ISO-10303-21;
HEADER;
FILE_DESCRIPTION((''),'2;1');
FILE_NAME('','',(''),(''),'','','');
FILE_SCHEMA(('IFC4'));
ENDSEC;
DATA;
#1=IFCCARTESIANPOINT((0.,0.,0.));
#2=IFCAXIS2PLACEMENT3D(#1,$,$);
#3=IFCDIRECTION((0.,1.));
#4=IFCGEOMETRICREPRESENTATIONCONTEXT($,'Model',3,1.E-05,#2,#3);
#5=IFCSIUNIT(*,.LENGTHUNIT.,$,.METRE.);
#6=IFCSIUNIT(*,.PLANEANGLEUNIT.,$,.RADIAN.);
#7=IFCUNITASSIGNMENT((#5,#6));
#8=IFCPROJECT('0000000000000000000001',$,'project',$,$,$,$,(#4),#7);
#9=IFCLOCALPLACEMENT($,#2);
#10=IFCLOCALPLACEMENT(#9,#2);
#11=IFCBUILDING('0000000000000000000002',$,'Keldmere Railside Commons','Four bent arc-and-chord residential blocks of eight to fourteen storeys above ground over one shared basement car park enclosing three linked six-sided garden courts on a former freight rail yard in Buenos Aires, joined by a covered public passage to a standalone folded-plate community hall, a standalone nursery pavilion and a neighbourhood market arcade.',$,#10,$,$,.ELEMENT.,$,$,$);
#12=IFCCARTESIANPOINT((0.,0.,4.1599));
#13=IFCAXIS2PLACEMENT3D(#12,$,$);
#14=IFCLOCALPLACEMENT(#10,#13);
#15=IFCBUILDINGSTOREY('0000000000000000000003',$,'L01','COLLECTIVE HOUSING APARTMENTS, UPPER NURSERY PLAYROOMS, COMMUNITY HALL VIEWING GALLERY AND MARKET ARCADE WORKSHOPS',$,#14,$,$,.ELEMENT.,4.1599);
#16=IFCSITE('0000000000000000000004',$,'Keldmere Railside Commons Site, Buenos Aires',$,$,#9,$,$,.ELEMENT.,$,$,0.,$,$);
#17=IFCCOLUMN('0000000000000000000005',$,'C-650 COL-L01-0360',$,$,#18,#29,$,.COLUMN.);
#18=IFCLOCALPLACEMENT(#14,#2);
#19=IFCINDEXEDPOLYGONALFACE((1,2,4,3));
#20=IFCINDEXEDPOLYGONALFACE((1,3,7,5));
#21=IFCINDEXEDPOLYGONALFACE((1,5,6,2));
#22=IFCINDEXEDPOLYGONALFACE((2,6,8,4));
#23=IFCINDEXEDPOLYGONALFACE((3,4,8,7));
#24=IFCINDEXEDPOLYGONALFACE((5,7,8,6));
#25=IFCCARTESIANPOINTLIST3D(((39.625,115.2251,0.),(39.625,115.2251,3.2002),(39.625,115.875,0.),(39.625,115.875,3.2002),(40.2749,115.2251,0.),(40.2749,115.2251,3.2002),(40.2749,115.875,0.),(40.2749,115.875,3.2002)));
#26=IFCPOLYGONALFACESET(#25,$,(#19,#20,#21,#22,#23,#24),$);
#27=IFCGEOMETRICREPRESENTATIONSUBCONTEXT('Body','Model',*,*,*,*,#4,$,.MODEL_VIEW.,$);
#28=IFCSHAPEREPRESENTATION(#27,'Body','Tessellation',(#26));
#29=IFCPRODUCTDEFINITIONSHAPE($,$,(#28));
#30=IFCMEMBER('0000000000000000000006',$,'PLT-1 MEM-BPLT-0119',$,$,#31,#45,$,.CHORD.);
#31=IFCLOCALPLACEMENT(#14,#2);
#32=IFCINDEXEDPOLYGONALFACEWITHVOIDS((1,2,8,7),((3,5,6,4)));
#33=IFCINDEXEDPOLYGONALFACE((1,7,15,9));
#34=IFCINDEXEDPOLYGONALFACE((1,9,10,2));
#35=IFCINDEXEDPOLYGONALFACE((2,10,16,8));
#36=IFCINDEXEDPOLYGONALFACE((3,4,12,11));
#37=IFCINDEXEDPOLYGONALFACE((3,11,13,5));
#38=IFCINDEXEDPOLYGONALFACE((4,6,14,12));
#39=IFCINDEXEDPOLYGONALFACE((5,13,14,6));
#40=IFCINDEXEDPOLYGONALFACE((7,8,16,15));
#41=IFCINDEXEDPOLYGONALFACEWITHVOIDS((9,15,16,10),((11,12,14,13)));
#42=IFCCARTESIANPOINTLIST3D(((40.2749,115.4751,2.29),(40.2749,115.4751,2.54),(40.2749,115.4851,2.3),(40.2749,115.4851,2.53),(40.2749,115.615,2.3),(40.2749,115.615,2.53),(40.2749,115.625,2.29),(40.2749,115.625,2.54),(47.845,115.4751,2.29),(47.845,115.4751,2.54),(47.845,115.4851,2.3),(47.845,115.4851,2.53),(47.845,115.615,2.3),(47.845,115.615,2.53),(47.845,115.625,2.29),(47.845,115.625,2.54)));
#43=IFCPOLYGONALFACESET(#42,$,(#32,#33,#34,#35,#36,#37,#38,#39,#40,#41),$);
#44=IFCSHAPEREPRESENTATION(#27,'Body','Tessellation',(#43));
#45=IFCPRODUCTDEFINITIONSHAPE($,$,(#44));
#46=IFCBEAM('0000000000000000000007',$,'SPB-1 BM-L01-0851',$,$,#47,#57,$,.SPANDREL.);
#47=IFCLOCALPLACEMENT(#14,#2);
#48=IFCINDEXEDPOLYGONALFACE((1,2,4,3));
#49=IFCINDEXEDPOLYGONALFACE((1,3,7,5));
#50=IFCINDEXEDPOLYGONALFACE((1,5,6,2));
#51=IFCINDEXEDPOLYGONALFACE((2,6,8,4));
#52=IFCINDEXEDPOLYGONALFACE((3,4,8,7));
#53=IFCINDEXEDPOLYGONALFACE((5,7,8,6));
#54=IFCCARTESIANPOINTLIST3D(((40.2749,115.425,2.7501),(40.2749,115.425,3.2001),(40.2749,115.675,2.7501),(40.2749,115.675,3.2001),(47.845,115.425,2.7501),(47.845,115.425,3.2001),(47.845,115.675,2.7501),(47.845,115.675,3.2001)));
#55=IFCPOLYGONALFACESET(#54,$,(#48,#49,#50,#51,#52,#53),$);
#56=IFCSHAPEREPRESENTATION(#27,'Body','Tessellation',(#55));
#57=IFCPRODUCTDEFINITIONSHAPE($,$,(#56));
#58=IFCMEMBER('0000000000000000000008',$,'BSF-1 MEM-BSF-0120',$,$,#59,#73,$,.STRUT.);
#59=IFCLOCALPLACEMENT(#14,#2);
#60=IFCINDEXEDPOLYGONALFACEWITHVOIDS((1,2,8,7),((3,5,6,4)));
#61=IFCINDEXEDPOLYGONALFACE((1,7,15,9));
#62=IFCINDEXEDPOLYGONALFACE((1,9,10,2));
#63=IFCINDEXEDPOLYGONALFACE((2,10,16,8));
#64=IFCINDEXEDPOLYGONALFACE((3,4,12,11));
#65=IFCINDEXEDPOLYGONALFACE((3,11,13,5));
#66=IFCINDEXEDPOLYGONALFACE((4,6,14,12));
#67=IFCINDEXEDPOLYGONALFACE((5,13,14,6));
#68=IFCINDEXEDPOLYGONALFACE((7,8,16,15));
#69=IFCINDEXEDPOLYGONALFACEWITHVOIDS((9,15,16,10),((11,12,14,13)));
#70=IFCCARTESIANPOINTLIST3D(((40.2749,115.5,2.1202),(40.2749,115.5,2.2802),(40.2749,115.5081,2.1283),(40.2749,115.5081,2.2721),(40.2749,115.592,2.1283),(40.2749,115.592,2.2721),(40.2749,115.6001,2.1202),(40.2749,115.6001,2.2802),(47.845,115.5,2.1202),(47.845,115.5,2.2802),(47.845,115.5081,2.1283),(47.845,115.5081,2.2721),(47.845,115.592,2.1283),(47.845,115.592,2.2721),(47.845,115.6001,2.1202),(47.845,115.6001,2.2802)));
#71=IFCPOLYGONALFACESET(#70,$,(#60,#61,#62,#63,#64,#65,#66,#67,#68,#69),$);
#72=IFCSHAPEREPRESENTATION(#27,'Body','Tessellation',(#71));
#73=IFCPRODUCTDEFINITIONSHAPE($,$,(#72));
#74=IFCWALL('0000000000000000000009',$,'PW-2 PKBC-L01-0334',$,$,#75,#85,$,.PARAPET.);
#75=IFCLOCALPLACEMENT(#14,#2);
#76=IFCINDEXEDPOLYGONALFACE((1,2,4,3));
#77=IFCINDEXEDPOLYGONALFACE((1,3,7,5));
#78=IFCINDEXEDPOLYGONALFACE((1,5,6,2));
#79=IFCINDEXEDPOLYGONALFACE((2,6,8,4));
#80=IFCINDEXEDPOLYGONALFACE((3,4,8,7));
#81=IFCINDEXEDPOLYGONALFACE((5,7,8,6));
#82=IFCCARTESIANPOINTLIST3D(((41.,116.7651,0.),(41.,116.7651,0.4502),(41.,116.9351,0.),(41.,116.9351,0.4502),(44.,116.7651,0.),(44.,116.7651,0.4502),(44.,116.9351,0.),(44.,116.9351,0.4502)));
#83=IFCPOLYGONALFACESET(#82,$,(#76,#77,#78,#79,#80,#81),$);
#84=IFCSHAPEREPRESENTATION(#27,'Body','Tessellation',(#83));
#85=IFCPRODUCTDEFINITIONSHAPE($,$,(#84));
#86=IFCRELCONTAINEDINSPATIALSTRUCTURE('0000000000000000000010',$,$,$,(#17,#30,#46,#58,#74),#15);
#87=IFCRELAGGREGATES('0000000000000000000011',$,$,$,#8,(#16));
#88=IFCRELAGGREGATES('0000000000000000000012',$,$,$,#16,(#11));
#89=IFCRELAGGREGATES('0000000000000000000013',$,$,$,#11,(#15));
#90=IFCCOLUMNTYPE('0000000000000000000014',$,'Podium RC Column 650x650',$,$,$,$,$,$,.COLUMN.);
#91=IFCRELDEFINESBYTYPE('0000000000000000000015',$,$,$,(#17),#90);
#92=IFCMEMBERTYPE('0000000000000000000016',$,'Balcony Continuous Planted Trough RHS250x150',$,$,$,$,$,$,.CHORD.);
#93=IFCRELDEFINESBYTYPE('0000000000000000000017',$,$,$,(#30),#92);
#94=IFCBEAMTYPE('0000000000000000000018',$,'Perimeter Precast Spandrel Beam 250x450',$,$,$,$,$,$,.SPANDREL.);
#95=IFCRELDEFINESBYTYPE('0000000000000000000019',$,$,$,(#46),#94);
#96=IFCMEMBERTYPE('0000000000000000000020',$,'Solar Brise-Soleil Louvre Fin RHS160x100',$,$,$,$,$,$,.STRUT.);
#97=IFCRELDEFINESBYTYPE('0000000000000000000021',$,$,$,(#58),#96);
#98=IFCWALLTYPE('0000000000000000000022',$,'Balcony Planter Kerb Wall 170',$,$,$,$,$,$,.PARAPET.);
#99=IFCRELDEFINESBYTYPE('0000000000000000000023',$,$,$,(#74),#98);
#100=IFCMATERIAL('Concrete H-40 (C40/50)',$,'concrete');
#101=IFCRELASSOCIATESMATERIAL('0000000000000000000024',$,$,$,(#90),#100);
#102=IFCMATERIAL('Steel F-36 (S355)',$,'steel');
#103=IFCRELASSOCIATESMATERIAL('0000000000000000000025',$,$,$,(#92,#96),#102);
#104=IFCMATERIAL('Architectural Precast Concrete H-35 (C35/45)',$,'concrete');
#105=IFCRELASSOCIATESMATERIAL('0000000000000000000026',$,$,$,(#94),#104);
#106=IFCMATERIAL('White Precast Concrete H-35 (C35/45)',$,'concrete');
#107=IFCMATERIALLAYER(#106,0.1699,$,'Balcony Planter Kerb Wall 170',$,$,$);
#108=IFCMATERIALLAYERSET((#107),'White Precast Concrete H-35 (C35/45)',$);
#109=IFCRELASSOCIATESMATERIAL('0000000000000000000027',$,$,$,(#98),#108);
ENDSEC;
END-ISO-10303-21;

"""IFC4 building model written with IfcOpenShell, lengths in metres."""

from ifc_helpers import new_model, si_unit, direction, frame, frame_2d, origin, origin_2d, place, context, subcontext, project, spatial, rectangle, hollow_rectangle, extrude, material, layer, layer_set, material_profile, profile_set, type_object, element, save


model = new_model("IFC4")

# Units and contexts
model_context = context("Model", 3, precision=1e-05, world=origin(), true_north=direction((0.0, 1.0)))
body_context = subcontext(model_context, "Body", "Model", "MODEL_VIEW")
ifc_project = project(units=[si_unit("LENGTHUNIT", "METRE"), si_unit("PLANEANGLEUNIT", "RADIAN")], contexts=[model_context])

# Site, building, storey
site_placement = place(None, origin())
site = spatial("IfcSite", under=ifc_project, at=site_placement, Name="Keldmere Railside Commons Site, Buenos Aires", CompositionType="ELEMENT", RefElevation=0.0)
building_placement = place(site_placement, origin())
building = spatial("IfcBuilding", under=site, at=building_placement, Name="Keldmere Railside Commons", Description="Four bent arc-and-chord residential blocks of eight to fourteen storeys above ground over one shared basement car park enclosing three linked six-sided garden courts on a former freight rail yard in Buenos Aires, joined by a covered public passage to a standalone folded-plate community hall, a standalone nursery pavilion and a neighbourhood market arcade.", CompositionType="ELEMENT")
storey_placement = place(building_placement, frame((0.0, 0.0, 4.1599)))
storey = spatial("IfcBuildingStorey", under=building, at=storey_placement, Name="L01", Description="COLLECTIVE HOUSING APARTMENTS, UPPER NURSERY PLAYROOMS, COMMUNITY HALL VIEWING GALLERY AND MARKET ARCADE WORKSHOPS", CompositionType="ELEMENT", Elevation=4.1599)

# Column
ifc_material_1 = material(Name="Concrete H-40 (C40/50)", Category="concrete")
ifc_material_profile_1 = material_profile(ifc_material_1, rectangle(XDim=0.6499, YDim=0.6499, at=origin_2d()), Name="RC-650x650")
ifc_profile_set_1 = profile_set([ifc_material_profile_1], Name="Concrete H-40 (C40/50)")
column_type = type_object("IfcColumnType", Name="Podium RC Column 650x650", PredefinedType="COLUMN", material=ifc_profile_set_1)
column_placement = place(storey_placement, frame((39.95, 115.55, 0.0), z_axis=(0.0, 0.0, 1.0), x_axis=(1.0, 0.0, 0.0)))
element("IfcColumn", 1, at=column_placement, inside=storey, type_object=column_type, Name="C-650 COL-L01-0360", PredefinedType="COLUMN", context=body_context, shape_type="SweptSolid", body=[
    extrude(rectangle(XDim=0.6499, YDim=0.6499, at=origin_2d()), origin(), (0.0, 0.0, 1.0), 3.2002),
])

# Member
ifc_material_2 = material(Name="Steel F-36 (S355)", Category="steel")
ifc_material_profile_2 = material_profile(ifc_material_2, hollow_rectangle(XDim=0.1499, YDim=0.25, WallThickness=0.01, at=origin_2d()), Name="RHS-250x150x10")
ifc_profile_set_2 = profile_set([ifc_material_profile_2], Name="Steel F-36 (S355)")
member_type_1 = type_object("IfcMemberType", Name="Balcony Continuous Planted Trough RHS250x150", PredefinedType="CHORD", material=ifc_profile_set_2)
member_1_placement = place(storey_placement, frame((40.2749, 115.55, 2.415), z_axis=(1.0, 0.0, 0.0), x_axis=(0.0, 1.0, 0.0)))
element("IfcMember", 2, at=member_1_placement, inside=storey, type_object=member_type_1, Name="PLT-1 MEM-BPLT-0119", PredefinedType="CHORD", context=body_context, shape_type="SweptSolid", body=[
    extrude(hollow_rectangle(XDim=0.1499, YDim=0.25, WallThickness=0.01, at=origin_2d()), origin(), (0.0, 0.0, 1.0), 7.5701),
])

# Beam
ifc_material_3 = material(Name="Architectural Precast Concrete H-35 (C35/45)", Category="concrete")
ifc_material_profile_3 = material_profile(ifc_material_3, rectangle(XDim=0.25, YDim=0.45, at=origin_2d()), Name="RC-250x450")
ifc_profile_set_3 = profile_set([ifc_material_profile_3], Name="Architectural Precast Concrete H-35 (C35/45)")
beam_type = type_object("IfcBeamType", Name="Perimeter Precast Spandrel Beam 250x450", PredefinedType="SPANDREL", material=ifc_profile_set_3)
beam_placement = place(storey_placement, frame((40.2749, 115.55, 2.9751), z_axis=(1.0, 0.0, 0.0), x_axis=(0.0, 1.0, 0.0)))
element("IfcBeam", 3, at=beam_placement, inside=storey, type_object=beam_type, Name="SPB-1 BM-L01-0851", PredefinedType="SPANDREL", context=body_context, shape_type="SweptSolid", body=[
    extrude(rectangle(XDim=0.25, YDim=0.45, at=origin_2d()), origin(), (0.0, 0.0, 1.0), 7.5701),
])

# Member
ifc_material_profile_4 = material_profile(ifc_material_2, hollow_rectangle(XDim=0.1001, YDim=0.1599, WallThickness=0.0081, at=origin_2d()), Name="RHS-160x100x8")
ifc_profile_set_4 = profile_set([ifc_material_profile_4], Name="Steel F-36 (S355)")
member_type_2 = type_object("IfcMemberType", Name="Solar Brise-Soleil Louvre Fin RHS160x100", PredefinedType="STRUT", material=ifc_profile_set_4)
member_2_placement = place(storey_placement, frame((40.2749, 115.55, 2.2002), z_axis=(1.0, 0.0, 0.0), x_axis=(0.0, 1.0, 0.0)))
element("IfcMember", 4, at=member_2_placement, inside=storey, type_object=member_type_2, Name="BSF-1 MEM-BSF-0120", PredefinedType="STRUT", context=body_context, shape_type="SweptSolid", body=[
    extrude(hollow_rectangle(XDim=0.1001, YDim=0.1599, WallThickness=0.0081, at=origin_2d()), origin(), (0.0, 0.0, 1.0), 7.5701),
])

# Wall
ifc_material_4 = material(Name="White Precast Concrete H-35 (C35/45)", Category="concrete")
ifc_layer_1 = layer(ifc_material_4, 0.1699, Name="Balcony Planter Kerb Wall 170")
ifc_layer_set_1 = layer_set([ifc_layer_1], Name="White Precast Concrete H-35 (C35/45)")
wall_type_1 = type_object("IfcWallType", Name="Balcony Planter Kerb Wall 170", PredefinedType="PARAPET", material=ifc_layer_set_1)
wall_1_placement = place(storey_placement, frame((41.0, 116.8501, 0.0), z_axis=(0.0, 0.0, 1.0), x_axis=(1.0, 0.0, 0.0)))
element("IfcWall", 5, at=wall_1_placement, inside=storey, type_object=wall_type_1, Name="PW-2 PKBC-L01-0334", PredefinedType="PARAPET", context=body_context, shape_type="SweptSolid", body=[
    extrude(rectangle(XDim=3.0, YDim=0.1699, at=frame_2d((1.5, 0.0))), origin(), (0.0, 0.0, 1.0), 0.4502),
])

save(model, "model.ifc")
